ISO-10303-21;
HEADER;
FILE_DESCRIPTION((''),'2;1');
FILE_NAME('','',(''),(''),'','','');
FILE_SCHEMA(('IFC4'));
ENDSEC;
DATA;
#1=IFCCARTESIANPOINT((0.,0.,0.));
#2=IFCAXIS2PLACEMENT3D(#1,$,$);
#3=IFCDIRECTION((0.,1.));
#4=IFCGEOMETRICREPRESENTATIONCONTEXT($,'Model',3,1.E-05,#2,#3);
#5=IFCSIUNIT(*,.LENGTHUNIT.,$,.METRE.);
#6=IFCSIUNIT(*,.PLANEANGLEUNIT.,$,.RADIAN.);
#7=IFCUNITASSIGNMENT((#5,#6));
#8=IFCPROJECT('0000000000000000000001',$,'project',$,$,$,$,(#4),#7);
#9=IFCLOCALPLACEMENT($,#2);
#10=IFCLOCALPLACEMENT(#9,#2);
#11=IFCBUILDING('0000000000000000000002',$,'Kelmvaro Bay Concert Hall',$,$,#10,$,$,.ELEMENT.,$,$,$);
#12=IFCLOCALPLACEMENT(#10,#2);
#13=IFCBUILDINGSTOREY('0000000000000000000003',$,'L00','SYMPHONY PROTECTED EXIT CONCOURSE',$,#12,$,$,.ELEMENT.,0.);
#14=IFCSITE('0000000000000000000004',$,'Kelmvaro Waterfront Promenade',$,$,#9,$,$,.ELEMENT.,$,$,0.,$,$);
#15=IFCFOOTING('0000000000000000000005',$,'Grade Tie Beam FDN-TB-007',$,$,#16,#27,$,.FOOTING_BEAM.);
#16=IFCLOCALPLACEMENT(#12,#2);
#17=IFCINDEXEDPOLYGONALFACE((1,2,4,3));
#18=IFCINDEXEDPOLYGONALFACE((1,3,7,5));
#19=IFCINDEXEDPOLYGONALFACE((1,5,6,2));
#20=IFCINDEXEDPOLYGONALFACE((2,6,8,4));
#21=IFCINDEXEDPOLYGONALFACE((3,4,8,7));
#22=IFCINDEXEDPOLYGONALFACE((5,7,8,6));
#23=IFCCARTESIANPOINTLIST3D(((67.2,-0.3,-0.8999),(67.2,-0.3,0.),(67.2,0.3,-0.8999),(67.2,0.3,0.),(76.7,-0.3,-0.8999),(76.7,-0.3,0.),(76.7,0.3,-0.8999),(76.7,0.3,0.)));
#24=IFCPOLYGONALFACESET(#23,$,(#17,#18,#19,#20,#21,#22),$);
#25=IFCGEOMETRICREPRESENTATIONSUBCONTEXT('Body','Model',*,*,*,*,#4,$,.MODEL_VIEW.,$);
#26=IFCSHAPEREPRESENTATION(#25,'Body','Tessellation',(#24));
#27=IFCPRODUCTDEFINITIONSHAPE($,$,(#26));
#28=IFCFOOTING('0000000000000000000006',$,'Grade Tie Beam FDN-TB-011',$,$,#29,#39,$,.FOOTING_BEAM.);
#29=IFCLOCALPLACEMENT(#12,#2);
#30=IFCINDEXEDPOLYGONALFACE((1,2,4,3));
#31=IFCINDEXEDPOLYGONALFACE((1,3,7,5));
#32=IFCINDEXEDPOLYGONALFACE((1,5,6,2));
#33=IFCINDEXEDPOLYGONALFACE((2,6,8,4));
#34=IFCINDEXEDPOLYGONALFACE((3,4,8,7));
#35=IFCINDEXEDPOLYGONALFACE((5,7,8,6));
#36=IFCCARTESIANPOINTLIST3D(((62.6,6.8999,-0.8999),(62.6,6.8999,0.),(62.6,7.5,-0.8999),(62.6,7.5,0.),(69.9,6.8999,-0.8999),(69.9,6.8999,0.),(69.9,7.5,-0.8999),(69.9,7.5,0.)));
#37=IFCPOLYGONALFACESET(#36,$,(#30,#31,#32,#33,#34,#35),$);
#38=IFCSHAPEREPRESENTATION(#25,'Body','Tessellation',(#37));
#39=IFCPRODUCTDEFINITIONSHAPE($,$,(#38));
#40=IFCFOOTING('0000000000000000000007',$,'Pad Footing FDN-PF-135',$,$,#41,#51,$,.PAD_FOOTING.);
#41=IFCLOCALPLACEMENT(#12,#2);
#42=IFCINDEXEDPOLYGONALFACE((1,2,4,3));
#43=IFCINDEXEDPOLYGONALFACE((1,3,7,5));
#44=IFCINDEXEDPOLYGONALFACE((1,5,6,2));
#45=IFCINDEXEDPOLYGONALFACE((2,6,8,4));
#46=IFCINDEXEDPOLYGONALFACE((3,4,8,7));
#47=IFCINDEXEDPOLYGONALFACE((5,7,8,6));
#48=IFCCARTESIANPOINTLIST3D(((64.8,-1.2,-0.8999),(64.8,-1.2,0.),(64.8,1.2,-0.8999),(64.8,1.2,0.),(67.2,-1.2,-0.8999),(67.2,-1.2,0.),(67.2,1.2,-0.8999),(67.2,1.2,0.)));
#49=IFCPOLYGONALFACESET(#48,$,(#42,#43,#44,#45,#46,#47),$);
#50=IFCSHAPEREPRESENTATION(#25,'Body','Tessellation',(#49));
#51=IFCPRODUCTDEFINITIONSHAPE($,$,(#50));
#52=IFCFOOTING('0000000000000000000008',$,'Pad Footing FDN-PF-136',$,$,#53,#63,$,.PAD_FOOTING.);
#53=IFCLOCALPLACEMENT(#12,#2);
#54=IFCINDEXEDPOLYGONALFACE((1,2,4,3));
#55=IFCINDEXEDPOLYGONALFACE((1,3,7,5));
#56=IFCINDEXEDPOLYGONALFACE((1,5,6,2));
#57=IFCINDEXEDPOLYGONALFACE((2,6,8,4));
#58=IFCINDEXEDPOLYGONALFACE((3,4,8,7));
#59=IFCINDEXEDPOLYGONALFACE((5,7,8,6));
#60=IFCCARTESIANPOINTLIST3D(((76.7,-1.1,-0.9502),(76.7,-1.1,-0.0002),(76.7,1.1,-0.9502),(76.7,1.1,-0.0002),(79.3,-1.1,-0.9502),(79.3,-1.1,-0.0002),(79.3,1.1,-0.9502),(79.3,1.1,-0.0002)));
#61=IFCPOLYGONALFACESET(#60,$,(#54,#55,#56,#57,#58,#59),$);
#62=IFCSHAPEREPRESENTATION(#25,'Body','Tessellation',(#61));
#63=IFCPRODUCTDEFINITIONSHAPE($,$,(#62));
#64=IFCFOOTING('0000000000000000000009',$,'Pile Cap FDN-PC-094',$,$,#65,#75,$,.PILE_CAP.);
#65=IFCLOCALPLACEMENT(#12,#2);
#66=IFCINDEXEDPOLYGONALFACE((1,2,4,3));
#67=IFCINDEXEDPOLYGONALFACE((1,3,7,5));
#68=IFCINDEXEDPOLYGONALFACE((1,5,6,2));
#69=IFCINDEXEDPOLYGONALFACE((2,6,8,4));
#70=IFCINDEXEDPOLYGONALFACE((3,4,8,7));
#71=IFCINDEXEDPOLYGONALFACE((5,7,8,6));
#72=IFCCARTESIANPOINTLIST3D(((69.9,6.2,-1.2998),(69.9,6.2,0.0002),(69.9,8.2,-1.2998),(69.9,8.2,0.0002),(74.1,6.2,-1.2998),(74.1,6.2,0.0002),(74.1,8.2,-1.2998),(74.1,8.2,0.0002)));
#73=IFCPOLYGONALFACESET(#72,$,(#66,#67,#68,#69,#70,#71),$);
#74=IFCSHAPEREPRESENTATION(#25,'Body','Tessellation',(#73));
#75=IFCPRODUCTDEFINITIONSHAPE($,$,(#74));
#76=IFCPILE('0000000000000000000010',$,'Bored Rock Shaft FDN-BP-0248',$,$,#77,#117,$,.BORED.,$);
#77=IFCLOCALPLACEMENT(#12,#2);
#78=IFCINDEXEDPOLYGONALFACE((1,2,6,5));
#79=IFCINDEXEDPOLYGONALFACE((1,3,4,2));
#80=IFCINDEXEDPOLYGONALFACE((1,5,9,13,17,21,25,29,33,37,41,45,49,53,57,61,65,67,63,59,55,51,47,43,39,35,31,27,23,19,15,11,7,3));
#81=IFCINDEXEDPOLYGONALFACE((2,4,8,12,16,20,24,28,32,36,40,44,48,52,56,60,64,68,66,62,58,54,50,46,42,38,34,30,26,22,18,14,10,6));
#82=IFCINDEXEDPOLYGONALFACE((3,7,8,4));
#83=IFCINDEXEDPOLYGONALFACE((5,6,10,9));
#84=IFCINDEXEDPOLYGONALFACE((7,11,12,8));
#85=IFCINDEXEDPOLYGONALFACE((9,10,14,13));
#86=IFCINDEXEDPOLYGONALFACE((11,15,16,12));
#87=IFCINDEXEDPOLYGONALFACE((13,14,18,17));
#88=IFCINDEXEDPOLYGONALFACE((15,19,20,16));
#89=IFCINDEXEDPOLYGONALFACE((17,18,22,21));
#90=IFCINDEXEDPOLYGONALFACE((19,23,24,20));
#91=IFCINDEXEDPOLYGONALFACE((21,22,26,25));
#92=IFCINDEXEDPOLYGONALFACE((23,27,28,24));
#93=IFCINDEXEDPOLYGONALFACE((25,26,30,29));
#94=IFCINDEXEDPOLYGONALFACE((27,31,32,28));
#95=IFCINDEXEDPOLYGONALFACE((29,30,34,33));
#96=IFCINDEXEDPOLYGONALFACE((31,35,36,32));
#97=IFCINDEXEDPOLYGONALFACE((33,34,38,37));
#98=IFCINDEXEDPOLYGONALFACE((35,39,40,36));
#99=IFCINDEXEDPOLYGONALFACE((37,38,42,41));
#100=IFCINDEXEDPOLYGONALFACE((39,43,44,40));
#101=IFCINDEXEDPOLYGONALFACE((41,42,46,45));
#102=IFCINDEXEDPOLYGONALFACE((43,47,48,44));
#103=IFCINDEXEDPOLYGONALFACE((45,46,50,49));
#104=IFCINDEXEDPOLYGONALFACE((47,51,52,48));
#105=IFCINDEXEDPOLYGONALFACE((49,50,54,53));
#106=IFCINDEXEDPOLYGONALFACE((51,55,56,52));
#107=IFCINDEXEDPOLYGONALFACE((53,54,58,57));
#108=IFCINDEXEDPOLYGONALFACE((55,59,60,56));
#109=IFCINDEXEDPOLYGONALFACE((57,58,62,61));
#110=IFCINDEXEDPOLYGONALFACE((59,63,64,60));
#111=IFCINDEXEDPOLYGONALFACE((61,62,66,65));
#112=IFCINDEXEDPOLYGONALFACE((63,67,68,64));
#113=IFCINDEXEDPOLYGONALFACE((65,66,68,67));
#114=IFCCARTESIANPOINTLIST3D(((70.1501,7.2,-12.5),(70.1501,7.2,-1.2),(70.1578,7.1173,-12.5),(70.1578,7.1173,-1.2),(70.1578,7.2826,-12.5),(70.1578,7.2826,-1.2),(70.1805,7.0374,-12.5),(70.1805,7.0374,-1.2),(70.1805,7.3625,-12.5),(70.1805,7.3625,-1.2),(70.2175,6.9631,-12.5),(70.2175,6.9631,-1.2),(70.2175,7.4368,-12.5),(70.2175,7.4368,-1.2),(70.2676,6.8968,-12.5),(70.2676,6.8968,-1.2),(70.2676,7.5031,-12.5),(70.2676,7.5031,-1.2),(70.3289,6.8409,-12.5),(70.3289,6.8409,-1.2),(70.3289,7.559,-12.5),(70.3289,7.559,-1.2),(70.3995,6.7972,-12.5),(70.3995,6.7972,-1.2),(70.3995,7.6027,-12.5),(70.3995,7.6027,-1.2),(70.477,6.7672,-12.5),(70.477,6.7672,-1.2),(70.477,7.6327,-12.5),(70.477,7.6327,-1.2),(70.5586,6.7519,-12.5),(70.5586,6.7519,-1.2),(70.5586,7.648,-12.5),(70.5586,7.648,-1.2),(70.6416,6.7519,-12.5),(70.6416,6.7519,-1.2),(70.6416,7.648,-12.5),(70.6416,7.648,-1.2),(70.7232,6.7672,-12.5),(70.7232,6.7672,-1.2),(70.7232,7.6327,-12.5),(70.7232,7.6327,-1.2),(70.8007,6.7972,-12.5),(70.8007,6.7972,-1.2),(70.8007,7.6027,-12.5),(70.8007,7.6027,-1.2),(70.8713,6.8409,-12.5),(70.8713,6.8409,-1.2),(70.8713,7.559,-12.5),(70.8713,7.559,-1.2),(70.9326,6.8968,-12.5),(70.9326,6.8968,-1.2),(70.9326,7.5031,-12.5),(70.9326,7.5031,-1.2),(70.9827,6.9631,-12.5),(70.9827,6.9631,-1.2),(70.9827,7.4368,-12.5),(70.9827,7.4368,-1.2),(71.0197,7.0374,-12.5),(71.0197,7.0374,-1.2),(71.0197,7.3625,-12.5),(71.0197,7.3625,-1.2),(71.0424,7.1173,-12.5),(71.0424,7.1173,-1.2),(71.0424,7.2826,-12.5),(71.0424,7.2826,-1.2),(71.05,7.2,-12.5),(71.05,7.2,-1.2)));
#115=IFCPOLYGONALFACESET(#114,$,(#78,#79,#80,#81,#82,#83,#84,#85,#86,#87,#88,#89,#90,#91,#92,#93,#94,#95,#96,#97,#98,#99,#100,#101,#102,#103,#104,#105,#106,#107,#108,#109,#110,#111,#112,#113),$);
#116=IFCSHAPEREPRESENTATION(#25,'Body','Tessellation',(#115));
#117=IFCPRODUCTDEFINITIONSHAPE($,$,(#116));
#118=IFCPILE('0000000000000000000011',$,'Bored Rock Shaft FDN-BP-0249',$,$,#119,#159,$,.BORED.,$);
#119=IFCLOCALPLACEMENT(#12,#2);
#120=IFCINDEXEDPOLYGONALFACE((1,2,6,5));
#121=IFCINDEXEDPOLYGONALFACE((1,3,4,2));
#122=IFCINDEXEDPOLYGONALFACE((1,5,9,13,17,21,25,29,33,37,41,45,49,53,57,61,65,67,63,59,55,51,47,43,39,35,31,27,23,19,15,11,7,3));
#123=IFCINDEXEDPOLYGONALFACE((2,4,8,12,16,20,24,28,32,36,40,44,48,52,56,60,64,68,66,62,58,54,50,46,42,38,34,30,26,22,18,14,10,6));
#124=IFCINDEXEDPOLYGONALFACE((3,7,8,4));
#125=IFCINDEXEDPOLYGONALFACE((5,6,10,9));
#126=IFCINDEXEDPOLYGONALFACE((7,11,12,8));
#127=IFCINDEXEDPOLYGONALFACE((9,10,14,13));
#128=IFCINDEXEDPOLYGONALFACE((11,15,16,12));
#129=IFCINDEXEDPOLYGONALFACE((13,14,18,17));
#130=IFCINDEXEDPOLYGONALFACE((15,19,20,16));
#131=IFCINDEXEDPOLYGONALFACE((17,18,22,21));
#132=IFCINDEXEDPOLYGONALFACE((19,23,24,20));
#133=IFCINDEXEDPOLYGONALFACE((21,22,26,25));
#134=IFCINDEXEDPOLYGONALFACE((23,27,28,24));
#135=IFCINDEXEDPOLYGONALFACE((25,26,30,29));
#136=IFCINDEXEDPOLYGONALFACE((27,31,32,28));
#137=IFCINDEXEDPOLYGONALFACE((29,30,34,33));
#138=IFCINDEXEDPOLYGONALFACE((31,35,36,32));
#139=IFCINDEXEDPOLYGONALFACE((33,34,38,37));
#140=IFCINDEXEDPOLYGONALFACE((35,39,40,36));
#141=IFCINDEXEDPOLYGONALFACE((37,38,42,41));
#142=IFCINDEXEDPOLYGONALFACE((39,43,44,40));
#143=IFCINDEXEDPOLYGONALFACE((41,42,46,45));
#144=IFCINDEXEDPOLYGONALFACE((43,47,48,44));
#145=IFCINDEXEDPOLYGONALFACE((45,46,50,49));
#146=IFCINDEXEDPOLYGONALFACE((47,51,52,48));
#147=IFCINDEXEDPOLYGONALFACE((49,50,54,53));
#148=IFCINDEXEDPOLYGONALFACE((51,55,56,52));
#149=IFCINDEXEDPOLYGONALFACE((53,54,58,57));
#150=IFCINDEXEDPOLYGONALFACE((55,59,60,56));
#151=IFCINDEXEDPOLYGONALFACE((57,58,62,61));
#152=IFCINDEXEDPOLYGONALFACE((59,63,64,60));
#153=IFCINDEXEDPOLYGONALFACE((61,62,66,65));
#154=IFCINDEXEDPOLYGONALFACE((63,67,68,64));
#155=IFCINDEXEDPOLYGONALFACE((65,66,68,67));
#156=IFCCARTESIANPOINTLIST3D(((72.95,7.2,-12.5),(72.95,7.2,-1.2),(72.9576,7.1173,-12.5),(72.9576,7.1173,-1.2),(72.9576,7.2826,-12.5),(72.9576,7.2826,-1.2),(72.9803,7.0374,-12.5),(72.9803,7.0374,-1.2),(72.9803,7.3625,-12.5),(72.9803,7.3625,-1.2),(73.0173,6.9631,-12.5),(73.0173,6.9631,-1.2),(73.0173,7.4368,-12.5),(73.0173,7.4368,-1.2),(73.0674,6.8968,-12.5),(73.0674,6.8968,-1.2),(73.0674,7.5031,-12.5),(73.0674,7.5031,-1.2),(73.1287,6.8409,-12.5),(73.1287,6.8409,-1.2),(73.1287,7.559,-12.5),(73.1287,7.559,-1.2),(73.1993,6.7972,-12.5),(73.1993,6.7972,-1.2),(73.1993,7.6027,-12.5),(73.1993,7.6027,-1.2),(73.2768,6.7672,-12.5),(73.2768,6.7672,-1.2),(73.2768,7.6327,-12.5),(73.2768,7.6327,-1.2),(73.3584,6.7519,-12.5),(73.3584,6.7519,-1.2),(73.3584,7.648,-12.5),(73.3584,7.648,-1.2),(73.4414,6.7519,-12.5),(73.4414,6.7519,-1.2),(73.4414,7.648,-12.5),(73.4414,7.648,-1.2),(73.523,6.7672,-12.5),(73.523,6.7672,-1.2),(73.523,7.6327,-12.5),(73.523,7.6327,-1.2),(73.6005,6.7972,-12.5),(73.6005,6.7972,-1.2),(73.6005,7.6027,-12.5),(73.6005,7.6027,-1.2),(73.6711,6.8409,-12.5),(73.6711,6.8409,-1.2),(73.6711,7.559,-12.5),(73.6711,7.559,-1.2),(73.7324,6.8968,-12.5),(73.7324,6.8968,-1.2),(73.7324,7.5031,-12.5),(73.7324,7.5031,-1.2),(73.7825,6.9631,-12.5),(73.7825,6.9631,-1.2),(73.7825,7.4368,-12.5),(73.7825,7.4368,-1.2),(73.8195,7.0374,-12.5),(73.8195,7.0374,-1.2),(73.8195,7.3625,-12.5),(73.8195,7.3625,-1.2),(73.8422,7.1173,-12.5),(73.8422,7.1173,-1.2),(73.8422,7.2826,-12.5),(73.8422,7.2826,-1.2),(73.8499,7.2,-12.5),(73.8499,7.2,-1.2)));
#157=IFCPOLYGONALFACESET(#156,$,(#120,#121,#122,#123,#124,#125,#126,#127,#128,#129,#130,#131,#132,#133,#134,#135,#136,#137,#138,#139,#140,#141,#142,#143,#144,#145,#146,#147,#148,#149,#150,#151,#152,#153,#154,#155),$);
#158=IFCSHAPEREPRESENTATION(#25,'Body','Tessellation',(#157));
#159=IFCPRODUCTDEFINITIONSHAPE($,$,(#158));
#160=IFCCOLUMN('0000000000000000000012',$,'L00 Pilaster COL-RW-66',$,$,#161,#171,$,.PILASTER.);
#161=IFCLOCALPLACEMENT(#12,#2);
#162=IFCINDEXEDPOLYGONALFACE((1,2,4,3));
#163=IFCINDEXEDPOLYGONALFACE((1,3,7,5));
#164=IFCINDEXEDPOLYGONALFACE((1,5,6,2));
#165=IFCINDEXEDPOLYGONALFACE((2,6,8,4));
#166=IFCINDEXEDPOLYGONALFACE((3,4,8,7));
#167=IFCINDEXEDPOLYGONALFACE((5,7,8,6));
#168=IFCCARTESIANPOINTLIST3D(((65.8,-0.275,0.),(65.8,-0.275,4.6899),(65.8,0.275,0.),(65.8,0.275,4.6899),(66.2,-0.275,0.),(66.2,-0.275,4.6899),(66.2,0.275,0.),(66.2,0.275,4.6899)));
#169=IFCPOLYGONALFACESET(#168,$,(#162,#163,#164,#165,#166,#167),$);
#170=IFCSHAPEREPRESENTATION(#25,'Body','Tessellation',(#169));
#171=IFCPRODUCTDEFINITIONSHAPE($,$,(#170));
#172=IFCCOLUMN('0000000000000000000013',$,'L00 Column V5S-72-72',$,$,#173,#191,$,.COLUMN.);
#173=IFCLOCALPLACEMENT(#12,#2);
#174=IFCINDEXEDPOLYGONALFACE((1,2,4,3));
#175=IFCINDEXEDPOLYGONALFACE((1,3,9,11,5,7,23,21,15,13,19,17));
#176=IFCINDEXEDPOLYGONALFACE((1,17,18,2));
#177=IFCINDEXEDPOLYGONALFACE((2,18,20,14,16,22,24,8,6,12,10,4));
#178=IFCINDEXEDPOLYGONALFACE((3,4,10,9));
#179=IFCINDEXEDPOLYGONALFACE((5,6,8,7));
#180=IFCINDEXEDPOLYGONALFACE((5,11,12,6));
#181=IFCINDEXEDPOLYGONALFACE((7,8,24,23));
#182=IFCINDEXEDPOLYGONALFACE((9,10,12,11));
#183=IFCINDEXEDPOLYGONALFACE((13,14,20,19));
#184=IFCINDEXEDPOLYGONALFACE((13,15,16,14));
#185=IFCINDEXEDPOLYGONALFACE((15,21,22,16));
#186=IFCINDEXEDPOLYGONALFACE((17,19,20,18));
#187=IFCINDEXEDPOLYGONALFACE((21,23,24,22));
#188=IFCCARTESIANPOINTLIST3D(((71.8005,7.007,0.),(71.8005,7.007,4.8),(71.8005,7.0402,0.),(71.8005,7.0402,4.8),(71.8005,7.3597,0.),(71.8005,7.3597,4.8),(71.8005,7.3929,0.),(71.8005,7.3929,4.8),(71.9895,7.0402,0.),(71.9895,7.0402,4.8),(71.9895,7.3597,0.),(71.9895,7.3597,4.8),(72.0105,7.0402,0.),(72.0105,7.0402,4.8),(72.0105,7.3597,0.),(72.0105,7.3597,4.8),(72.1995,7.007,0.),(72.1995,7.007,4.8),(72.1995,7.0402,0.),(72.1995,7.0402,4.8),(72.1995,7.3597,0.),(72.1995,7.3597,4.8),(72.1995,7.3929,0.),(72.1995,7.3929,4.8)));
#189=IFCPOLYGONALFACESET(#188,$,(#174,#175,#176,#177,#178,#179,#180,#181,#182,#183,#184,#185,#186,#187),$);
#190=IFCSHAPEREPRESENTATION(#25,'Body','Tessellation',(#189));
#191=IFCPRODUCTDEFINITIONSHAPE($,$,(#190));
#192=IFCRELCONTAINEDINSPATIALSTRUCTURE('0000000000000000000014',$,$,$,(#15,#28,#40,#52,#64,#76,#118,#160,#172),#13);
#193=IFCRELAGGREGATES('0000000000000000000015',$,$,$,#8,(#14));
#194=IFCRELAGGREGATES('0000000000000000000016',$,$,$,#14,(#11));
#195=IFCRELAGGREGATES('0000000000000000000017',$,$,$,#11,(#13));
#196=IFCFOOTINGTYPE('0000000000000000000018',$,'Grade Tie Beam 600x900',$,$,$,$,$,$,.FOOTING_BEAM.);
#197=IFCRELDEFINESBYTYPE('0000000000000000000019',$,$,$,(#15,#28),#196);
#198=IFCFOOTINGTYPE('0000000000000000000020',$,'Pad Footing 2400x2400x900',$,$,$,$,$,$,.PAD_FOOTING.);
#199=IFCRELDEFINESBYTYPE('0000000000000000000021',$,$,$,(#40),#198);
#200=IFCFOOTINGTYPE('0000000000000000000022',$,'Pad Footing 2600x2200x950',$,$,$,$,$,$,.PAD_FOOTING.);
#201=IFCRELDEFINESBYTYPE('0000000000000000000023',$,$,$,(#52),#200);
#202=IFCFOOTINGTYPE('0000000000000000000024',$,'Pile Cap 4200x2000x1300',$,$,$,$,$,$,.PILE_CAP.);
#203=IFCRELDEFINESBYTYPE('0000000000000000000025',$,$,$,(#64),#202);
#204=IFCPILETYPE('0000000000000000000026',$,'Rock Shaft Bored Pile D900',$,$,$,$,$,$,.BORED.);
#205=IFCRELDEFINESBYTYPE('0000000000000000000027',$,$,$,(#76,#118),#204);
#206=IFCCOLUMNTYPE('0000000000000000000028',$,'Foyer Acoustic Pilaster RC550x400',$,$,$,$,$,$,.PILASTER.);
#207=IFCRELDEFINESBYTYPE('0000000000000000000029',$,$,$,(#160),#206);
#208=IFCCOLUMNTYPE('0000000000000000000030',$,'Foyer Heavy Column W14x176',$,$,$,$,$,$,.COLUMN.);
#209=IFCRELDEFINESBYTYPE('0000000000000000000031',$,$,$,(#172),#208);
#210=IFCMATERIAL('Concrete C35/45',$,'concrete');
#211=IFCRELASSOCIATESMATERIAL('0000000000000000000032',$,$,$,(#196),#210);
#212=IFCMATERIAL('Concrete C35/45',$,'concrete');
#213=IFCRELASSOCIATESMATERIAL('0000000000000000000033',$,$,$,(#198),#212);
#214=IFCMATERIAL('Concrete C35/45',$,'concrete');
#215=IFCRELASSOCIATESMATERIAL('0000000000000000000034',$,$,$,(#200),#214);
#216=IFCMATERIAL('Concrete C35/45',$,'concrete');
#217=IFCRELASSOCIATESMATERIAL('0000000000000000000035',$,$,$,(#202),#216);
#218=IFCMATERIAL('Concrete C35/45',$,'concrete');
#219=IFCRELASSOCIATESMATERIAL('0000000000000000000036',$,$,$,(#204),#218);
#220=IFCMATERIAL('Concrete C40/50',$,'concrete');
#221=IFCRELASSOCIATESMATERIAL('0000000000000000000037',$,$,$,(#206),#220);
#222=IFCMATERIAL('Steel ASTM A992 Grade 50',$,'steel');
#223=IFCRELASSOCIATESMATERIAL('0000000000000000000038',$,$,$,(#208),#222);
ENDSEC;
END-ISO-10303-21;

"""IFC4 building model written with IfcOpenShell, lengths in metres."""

from ifc_helpers import new_model, si_unit, direction, frame, origin, origin_2d, place, context, subcontext, project, spatial, rectangle, circle, i_section, extrude, material, material_profile, profile_set, type_object, element, save


model = new_model("IFC4")

# Units and contexts
model_context = context("Model", 3, precision=1e-05, world=origin(), true_north=direction((0.0, 1.0)))
body_context = subcontext(model_context, "Body", "Model", "MODEL_VIEW")
ifc_project = project(units=[si_unit("LENGTHUNIT", "METRE"), si_unit("PLANEANGLEUNIT", "RADIAN")], contexts=[model_context])

# Site, building, storey
site_placement = place(None, origin())
site = spatial("IfcSite", under=ifc_project, at=site_placement, Name="Kelmvaro Waterfront Promenade", CompositionType="ELEMENT", RefElevation=0.0)
building_placement = place(site_placement, origin())
building = spatial("IfcBuilding", under=site, at=building_placement, Name="Kelmvaro Bay Concert Hall", CompositionType="ELEMENT")
storey_placement = place(building_placement, origin())
storey = spatial("IfcBuildingStorey", under=building, at=storey_placement, Name="L00", Description="SYMPHONY PROTECTED EXIT CONCOURSE", CompositionType="ELEMENT", Elevation=0.0)

# Footings
ifc_material_1 = material(Name="Concrete C35/45", Category="concrete")
footing_type_1 = type_object("IfcFootingType", Name="Grade Tie Beam 600x900", PredefinedType="FOOTING_BEAM", material=ifc_material_1)
footing_1_placement = place(storey_placement, frame((71.95, 0.0, -0.8999), z_axis=(0.0, 0.0, 1.0), x_axis=(1.0, 0.0, 0.0)))
element("IfcFooting", 1, at=footing_1_placement, inside=storey, type_object=footing_type_1, Name="Grade Tie Beam FDN-TB-007", PredefinedType="FOOTING_BEAM", context=body_context, shape_type="SweptSolid", body=[
    extrude(rectangle(XDim=9.5, YDim=0.6001, at=origin_2d()), origin(), (0.0, 0.0, 1.0), 0.8999),
])
footing_2_placement = place(storey_placement, frame((66.25, 7.2, -0.8999), z_axis=(0.0, 0.0, 1.0), x_axis=(1.0, 0.0, 0.0)))
element("IfcFooting", 2, at=footing_2_placement, inside=storey, type_object=footing_type_1, Name="Grade Tie Beam FDN-TB-011", PredefinedType="FOOTING_BEAM", context=body_context, shape_type="SweptSolid", body=[
    extrude(rectangle(XDim=7.3, YDim=0.6001, at=origin_2d()), origin(), (0.0, 0.0, 1.0), 0.8999),
])
ifc_material_2 = material(Name="Concrete C35/45", Category="concrete")
footing_type_2 = type_object("IfcFootingType", Name="Pad Footing 2400x2400x900", PredefinedType="PAD_FOOTING", material=ifc_material_2)
footing_3_placement = place(storey_placement, frame((66.0, 0.0, -0.8999), z_axis=(0.0, 0.0, 1.0), x_axis=(1.0, 0.0, 0.0)))
element("IfcFooting", 3, at=footing_3_placement, inside=storey, type_object=footing_type_2, Name="Pad Footing FDN-PF-135", PredefinedType="PAD_FOOTING", context=body_context, shape_type="SweptSolid", body=[
    extrude(rectangle(XDim=2.3999, YDim=2.3999, at=origin_2d()), origin(), (0.0, 0.0, 1.0), 0.8999),
])
ifc_material_3 = material(Name="Concrete C35/45", Category="concrete")
footing_type_3 = type_object("IfcFootingType", Name="Pad Footing 2600x2200x950", PredefinedType="PAD_FOOTING", material=ifc_material_3)
footing_4_placement = place(storey_placement, frame((78.0, 0.0, -0.9502), z_axis=(0.0, 0.0, 1.0), x_axis=(1.0, 0.0, 0.0)))
element("IfcFooting", 4, at=footing_4_placement, inside=storey, type_object=footing_type_3, Name="Pad Footing FDN-PF-136", PredefinedType="PAD_FOOTING", context=body_context, shape_type="SweptSolid", body=[
    extrude(rectangle(XDim=2.6001, YDim=2.2, at=origin_2d()), origin(), (0.0, 0.0, 1.0), 0.95),
])
ifc_material_4 = material(Name="Concrete C35/45", Category="concrete")
footing_type_4 = type_object("IfcFootingType", Name="Pile Cap 4200x2000x1300", PredefinedType="PILE_CAP", material=ifc_material_4)
footing_5_placement = place(storey_placement, frame((72.0, 7.2, -1.2998), z_axis=(0.0, 0.0, 1.0), x_axis=(1.0, 0.0, 0.0)))
element("IfcFooting", 5, at=footing_5_placement, inside=storey, type_object=footing_type_4, Name="Pile Cap FDN-PC-094", PredefinedType="PILE_CAP", context=body_context, shape_type="SweptSolid", body=[
    extrude(rectangle(XDim=4.2, YDim=2.0, at=origin_2d()), origin(), (0.0, 0.0, 1.0), 1.3),
])

# Piles
ifc_material_5 = material(Name="Concrete C35/45", Category="concrete")
ifc_material_profile_1 = material_profile(ifc_material_5, circle(Radius=0.45, at=origin_2d()), Name="PILE-BORED-900")
ifc_profile_set_1 = profile_set([ifc_material_profile_1], Name="Concrete C35/45")
pile_type = type_object("IfcPileType", Name="Rock Shaft Bored Pile D900", PredefinedType="BORED", material=ifc_profile_set_1)
for number, where, z_axis, x_axis, name in (
    (6, (70.6001, 7.2, -1.2), (0.0, 0.0, -1.0), (1.0, 0.0, 0.0), "Bored Rock Shaft FDN-BP-0248"),
    (7, (73.3999, 7.2, -1.2), (0.0, 0.0, -1.0), (1.0, 0.0, 0.0), "Bored Rock Shaft FDN-BP-0249"),
):
    element("IfcPile", number, at=place(storey_placement, frame(where, z_axis=z_axis, x_axis=x_axis)), inside=storey, type_object=pile_type, Name=name, PredefinedType="BORED", context=body_context, shape_type="SweptSolid", body=[
        extrude(circle(Radius=0.45, at=origin_2d()), origin(), (0.0, 0.0, 1.0), 11.3),
    ])

# Columns
ifc_material_6 = material(Name="Concrete C40/50", Category="concrete")
ifc_material_profile_2 = material_profile(ifc_material_6, rectangle(XDim=0.3999, YDim=0.55, at=origin_2d()), Name="RC-PIL-550X400")
ifc_profile_set_2 = profile_set([ifc_material_profile_2], Name="Concrete C40/50")
column_type_1 = type_object("IfcColumnType", Name="Foyer Acoustic Pilaster RC550x400", PredefinedType="PILASTER", material=ifc_profile_set_2)
column_1_placement = place(storey_placement, frame((66.0, 0.0, 0.0), z_axis=(0.0, 0.0, 1.0), x_axis=(1.0, 0.0, 0.0)))
element("IfcColumn", 8, at=column_1_placement, inside=storey, type_object=column_type_1, Name="L00 Pilaster COL-RW-66", PredefinedType="PILASTER", context=body_context, shape_type="SweptSolid", body=[
    extrude(rectangle(XDim=0.3999, YDim=0.55, at=origin_2d()), origin(), (0.0, 0.0, 1.0), 4.6899),
])
ifc_material_7 = material(Name="Steel ASTM A992 Grade 50", Category="steel")
ifc_material_profile_3 = material_profile(ifc_material_7, i_section(OverallWidth=0.3989, OverallDepth=0.386, WebThickness=0.021, FlangeThickness=0.0332, at=origin_2d()), Name="W14X176")
ifc_profile_set_3 = profile_set([ifc_material_profile_3], Name="Steel ASTM A992 Grade 50")
column_type_2 = type_object("IfcColumnType", Name="Foyer Heavy Column W14x176", PredefinedType="COLUMN", material=ifc_profile_set_3)
column_2_placement = place(storey_placement, frame((72.0, 7.2, 0.0), z_axis=(0.0, 0.0, 1.0), x_axis=(1.0, 0.0, 0.0)))
element("IfcColumn", 9, at=column_2_placement, inside=storey, type_object=column_type_2, Name="L00 Column V5S-72-72", PredefinedType="COLUMN", context=body_context, shape_type="SweptSolid", body=[
    extrude(i_section(OverallWidth=0.3989, OverallDepth=0.386, WebThickness=0.021, FlangeThickness=0.0332, at=origin_2d()), origin(), (0.0, 0.0, 1.0), 4.8),
])

save(model, "model.ifc")
